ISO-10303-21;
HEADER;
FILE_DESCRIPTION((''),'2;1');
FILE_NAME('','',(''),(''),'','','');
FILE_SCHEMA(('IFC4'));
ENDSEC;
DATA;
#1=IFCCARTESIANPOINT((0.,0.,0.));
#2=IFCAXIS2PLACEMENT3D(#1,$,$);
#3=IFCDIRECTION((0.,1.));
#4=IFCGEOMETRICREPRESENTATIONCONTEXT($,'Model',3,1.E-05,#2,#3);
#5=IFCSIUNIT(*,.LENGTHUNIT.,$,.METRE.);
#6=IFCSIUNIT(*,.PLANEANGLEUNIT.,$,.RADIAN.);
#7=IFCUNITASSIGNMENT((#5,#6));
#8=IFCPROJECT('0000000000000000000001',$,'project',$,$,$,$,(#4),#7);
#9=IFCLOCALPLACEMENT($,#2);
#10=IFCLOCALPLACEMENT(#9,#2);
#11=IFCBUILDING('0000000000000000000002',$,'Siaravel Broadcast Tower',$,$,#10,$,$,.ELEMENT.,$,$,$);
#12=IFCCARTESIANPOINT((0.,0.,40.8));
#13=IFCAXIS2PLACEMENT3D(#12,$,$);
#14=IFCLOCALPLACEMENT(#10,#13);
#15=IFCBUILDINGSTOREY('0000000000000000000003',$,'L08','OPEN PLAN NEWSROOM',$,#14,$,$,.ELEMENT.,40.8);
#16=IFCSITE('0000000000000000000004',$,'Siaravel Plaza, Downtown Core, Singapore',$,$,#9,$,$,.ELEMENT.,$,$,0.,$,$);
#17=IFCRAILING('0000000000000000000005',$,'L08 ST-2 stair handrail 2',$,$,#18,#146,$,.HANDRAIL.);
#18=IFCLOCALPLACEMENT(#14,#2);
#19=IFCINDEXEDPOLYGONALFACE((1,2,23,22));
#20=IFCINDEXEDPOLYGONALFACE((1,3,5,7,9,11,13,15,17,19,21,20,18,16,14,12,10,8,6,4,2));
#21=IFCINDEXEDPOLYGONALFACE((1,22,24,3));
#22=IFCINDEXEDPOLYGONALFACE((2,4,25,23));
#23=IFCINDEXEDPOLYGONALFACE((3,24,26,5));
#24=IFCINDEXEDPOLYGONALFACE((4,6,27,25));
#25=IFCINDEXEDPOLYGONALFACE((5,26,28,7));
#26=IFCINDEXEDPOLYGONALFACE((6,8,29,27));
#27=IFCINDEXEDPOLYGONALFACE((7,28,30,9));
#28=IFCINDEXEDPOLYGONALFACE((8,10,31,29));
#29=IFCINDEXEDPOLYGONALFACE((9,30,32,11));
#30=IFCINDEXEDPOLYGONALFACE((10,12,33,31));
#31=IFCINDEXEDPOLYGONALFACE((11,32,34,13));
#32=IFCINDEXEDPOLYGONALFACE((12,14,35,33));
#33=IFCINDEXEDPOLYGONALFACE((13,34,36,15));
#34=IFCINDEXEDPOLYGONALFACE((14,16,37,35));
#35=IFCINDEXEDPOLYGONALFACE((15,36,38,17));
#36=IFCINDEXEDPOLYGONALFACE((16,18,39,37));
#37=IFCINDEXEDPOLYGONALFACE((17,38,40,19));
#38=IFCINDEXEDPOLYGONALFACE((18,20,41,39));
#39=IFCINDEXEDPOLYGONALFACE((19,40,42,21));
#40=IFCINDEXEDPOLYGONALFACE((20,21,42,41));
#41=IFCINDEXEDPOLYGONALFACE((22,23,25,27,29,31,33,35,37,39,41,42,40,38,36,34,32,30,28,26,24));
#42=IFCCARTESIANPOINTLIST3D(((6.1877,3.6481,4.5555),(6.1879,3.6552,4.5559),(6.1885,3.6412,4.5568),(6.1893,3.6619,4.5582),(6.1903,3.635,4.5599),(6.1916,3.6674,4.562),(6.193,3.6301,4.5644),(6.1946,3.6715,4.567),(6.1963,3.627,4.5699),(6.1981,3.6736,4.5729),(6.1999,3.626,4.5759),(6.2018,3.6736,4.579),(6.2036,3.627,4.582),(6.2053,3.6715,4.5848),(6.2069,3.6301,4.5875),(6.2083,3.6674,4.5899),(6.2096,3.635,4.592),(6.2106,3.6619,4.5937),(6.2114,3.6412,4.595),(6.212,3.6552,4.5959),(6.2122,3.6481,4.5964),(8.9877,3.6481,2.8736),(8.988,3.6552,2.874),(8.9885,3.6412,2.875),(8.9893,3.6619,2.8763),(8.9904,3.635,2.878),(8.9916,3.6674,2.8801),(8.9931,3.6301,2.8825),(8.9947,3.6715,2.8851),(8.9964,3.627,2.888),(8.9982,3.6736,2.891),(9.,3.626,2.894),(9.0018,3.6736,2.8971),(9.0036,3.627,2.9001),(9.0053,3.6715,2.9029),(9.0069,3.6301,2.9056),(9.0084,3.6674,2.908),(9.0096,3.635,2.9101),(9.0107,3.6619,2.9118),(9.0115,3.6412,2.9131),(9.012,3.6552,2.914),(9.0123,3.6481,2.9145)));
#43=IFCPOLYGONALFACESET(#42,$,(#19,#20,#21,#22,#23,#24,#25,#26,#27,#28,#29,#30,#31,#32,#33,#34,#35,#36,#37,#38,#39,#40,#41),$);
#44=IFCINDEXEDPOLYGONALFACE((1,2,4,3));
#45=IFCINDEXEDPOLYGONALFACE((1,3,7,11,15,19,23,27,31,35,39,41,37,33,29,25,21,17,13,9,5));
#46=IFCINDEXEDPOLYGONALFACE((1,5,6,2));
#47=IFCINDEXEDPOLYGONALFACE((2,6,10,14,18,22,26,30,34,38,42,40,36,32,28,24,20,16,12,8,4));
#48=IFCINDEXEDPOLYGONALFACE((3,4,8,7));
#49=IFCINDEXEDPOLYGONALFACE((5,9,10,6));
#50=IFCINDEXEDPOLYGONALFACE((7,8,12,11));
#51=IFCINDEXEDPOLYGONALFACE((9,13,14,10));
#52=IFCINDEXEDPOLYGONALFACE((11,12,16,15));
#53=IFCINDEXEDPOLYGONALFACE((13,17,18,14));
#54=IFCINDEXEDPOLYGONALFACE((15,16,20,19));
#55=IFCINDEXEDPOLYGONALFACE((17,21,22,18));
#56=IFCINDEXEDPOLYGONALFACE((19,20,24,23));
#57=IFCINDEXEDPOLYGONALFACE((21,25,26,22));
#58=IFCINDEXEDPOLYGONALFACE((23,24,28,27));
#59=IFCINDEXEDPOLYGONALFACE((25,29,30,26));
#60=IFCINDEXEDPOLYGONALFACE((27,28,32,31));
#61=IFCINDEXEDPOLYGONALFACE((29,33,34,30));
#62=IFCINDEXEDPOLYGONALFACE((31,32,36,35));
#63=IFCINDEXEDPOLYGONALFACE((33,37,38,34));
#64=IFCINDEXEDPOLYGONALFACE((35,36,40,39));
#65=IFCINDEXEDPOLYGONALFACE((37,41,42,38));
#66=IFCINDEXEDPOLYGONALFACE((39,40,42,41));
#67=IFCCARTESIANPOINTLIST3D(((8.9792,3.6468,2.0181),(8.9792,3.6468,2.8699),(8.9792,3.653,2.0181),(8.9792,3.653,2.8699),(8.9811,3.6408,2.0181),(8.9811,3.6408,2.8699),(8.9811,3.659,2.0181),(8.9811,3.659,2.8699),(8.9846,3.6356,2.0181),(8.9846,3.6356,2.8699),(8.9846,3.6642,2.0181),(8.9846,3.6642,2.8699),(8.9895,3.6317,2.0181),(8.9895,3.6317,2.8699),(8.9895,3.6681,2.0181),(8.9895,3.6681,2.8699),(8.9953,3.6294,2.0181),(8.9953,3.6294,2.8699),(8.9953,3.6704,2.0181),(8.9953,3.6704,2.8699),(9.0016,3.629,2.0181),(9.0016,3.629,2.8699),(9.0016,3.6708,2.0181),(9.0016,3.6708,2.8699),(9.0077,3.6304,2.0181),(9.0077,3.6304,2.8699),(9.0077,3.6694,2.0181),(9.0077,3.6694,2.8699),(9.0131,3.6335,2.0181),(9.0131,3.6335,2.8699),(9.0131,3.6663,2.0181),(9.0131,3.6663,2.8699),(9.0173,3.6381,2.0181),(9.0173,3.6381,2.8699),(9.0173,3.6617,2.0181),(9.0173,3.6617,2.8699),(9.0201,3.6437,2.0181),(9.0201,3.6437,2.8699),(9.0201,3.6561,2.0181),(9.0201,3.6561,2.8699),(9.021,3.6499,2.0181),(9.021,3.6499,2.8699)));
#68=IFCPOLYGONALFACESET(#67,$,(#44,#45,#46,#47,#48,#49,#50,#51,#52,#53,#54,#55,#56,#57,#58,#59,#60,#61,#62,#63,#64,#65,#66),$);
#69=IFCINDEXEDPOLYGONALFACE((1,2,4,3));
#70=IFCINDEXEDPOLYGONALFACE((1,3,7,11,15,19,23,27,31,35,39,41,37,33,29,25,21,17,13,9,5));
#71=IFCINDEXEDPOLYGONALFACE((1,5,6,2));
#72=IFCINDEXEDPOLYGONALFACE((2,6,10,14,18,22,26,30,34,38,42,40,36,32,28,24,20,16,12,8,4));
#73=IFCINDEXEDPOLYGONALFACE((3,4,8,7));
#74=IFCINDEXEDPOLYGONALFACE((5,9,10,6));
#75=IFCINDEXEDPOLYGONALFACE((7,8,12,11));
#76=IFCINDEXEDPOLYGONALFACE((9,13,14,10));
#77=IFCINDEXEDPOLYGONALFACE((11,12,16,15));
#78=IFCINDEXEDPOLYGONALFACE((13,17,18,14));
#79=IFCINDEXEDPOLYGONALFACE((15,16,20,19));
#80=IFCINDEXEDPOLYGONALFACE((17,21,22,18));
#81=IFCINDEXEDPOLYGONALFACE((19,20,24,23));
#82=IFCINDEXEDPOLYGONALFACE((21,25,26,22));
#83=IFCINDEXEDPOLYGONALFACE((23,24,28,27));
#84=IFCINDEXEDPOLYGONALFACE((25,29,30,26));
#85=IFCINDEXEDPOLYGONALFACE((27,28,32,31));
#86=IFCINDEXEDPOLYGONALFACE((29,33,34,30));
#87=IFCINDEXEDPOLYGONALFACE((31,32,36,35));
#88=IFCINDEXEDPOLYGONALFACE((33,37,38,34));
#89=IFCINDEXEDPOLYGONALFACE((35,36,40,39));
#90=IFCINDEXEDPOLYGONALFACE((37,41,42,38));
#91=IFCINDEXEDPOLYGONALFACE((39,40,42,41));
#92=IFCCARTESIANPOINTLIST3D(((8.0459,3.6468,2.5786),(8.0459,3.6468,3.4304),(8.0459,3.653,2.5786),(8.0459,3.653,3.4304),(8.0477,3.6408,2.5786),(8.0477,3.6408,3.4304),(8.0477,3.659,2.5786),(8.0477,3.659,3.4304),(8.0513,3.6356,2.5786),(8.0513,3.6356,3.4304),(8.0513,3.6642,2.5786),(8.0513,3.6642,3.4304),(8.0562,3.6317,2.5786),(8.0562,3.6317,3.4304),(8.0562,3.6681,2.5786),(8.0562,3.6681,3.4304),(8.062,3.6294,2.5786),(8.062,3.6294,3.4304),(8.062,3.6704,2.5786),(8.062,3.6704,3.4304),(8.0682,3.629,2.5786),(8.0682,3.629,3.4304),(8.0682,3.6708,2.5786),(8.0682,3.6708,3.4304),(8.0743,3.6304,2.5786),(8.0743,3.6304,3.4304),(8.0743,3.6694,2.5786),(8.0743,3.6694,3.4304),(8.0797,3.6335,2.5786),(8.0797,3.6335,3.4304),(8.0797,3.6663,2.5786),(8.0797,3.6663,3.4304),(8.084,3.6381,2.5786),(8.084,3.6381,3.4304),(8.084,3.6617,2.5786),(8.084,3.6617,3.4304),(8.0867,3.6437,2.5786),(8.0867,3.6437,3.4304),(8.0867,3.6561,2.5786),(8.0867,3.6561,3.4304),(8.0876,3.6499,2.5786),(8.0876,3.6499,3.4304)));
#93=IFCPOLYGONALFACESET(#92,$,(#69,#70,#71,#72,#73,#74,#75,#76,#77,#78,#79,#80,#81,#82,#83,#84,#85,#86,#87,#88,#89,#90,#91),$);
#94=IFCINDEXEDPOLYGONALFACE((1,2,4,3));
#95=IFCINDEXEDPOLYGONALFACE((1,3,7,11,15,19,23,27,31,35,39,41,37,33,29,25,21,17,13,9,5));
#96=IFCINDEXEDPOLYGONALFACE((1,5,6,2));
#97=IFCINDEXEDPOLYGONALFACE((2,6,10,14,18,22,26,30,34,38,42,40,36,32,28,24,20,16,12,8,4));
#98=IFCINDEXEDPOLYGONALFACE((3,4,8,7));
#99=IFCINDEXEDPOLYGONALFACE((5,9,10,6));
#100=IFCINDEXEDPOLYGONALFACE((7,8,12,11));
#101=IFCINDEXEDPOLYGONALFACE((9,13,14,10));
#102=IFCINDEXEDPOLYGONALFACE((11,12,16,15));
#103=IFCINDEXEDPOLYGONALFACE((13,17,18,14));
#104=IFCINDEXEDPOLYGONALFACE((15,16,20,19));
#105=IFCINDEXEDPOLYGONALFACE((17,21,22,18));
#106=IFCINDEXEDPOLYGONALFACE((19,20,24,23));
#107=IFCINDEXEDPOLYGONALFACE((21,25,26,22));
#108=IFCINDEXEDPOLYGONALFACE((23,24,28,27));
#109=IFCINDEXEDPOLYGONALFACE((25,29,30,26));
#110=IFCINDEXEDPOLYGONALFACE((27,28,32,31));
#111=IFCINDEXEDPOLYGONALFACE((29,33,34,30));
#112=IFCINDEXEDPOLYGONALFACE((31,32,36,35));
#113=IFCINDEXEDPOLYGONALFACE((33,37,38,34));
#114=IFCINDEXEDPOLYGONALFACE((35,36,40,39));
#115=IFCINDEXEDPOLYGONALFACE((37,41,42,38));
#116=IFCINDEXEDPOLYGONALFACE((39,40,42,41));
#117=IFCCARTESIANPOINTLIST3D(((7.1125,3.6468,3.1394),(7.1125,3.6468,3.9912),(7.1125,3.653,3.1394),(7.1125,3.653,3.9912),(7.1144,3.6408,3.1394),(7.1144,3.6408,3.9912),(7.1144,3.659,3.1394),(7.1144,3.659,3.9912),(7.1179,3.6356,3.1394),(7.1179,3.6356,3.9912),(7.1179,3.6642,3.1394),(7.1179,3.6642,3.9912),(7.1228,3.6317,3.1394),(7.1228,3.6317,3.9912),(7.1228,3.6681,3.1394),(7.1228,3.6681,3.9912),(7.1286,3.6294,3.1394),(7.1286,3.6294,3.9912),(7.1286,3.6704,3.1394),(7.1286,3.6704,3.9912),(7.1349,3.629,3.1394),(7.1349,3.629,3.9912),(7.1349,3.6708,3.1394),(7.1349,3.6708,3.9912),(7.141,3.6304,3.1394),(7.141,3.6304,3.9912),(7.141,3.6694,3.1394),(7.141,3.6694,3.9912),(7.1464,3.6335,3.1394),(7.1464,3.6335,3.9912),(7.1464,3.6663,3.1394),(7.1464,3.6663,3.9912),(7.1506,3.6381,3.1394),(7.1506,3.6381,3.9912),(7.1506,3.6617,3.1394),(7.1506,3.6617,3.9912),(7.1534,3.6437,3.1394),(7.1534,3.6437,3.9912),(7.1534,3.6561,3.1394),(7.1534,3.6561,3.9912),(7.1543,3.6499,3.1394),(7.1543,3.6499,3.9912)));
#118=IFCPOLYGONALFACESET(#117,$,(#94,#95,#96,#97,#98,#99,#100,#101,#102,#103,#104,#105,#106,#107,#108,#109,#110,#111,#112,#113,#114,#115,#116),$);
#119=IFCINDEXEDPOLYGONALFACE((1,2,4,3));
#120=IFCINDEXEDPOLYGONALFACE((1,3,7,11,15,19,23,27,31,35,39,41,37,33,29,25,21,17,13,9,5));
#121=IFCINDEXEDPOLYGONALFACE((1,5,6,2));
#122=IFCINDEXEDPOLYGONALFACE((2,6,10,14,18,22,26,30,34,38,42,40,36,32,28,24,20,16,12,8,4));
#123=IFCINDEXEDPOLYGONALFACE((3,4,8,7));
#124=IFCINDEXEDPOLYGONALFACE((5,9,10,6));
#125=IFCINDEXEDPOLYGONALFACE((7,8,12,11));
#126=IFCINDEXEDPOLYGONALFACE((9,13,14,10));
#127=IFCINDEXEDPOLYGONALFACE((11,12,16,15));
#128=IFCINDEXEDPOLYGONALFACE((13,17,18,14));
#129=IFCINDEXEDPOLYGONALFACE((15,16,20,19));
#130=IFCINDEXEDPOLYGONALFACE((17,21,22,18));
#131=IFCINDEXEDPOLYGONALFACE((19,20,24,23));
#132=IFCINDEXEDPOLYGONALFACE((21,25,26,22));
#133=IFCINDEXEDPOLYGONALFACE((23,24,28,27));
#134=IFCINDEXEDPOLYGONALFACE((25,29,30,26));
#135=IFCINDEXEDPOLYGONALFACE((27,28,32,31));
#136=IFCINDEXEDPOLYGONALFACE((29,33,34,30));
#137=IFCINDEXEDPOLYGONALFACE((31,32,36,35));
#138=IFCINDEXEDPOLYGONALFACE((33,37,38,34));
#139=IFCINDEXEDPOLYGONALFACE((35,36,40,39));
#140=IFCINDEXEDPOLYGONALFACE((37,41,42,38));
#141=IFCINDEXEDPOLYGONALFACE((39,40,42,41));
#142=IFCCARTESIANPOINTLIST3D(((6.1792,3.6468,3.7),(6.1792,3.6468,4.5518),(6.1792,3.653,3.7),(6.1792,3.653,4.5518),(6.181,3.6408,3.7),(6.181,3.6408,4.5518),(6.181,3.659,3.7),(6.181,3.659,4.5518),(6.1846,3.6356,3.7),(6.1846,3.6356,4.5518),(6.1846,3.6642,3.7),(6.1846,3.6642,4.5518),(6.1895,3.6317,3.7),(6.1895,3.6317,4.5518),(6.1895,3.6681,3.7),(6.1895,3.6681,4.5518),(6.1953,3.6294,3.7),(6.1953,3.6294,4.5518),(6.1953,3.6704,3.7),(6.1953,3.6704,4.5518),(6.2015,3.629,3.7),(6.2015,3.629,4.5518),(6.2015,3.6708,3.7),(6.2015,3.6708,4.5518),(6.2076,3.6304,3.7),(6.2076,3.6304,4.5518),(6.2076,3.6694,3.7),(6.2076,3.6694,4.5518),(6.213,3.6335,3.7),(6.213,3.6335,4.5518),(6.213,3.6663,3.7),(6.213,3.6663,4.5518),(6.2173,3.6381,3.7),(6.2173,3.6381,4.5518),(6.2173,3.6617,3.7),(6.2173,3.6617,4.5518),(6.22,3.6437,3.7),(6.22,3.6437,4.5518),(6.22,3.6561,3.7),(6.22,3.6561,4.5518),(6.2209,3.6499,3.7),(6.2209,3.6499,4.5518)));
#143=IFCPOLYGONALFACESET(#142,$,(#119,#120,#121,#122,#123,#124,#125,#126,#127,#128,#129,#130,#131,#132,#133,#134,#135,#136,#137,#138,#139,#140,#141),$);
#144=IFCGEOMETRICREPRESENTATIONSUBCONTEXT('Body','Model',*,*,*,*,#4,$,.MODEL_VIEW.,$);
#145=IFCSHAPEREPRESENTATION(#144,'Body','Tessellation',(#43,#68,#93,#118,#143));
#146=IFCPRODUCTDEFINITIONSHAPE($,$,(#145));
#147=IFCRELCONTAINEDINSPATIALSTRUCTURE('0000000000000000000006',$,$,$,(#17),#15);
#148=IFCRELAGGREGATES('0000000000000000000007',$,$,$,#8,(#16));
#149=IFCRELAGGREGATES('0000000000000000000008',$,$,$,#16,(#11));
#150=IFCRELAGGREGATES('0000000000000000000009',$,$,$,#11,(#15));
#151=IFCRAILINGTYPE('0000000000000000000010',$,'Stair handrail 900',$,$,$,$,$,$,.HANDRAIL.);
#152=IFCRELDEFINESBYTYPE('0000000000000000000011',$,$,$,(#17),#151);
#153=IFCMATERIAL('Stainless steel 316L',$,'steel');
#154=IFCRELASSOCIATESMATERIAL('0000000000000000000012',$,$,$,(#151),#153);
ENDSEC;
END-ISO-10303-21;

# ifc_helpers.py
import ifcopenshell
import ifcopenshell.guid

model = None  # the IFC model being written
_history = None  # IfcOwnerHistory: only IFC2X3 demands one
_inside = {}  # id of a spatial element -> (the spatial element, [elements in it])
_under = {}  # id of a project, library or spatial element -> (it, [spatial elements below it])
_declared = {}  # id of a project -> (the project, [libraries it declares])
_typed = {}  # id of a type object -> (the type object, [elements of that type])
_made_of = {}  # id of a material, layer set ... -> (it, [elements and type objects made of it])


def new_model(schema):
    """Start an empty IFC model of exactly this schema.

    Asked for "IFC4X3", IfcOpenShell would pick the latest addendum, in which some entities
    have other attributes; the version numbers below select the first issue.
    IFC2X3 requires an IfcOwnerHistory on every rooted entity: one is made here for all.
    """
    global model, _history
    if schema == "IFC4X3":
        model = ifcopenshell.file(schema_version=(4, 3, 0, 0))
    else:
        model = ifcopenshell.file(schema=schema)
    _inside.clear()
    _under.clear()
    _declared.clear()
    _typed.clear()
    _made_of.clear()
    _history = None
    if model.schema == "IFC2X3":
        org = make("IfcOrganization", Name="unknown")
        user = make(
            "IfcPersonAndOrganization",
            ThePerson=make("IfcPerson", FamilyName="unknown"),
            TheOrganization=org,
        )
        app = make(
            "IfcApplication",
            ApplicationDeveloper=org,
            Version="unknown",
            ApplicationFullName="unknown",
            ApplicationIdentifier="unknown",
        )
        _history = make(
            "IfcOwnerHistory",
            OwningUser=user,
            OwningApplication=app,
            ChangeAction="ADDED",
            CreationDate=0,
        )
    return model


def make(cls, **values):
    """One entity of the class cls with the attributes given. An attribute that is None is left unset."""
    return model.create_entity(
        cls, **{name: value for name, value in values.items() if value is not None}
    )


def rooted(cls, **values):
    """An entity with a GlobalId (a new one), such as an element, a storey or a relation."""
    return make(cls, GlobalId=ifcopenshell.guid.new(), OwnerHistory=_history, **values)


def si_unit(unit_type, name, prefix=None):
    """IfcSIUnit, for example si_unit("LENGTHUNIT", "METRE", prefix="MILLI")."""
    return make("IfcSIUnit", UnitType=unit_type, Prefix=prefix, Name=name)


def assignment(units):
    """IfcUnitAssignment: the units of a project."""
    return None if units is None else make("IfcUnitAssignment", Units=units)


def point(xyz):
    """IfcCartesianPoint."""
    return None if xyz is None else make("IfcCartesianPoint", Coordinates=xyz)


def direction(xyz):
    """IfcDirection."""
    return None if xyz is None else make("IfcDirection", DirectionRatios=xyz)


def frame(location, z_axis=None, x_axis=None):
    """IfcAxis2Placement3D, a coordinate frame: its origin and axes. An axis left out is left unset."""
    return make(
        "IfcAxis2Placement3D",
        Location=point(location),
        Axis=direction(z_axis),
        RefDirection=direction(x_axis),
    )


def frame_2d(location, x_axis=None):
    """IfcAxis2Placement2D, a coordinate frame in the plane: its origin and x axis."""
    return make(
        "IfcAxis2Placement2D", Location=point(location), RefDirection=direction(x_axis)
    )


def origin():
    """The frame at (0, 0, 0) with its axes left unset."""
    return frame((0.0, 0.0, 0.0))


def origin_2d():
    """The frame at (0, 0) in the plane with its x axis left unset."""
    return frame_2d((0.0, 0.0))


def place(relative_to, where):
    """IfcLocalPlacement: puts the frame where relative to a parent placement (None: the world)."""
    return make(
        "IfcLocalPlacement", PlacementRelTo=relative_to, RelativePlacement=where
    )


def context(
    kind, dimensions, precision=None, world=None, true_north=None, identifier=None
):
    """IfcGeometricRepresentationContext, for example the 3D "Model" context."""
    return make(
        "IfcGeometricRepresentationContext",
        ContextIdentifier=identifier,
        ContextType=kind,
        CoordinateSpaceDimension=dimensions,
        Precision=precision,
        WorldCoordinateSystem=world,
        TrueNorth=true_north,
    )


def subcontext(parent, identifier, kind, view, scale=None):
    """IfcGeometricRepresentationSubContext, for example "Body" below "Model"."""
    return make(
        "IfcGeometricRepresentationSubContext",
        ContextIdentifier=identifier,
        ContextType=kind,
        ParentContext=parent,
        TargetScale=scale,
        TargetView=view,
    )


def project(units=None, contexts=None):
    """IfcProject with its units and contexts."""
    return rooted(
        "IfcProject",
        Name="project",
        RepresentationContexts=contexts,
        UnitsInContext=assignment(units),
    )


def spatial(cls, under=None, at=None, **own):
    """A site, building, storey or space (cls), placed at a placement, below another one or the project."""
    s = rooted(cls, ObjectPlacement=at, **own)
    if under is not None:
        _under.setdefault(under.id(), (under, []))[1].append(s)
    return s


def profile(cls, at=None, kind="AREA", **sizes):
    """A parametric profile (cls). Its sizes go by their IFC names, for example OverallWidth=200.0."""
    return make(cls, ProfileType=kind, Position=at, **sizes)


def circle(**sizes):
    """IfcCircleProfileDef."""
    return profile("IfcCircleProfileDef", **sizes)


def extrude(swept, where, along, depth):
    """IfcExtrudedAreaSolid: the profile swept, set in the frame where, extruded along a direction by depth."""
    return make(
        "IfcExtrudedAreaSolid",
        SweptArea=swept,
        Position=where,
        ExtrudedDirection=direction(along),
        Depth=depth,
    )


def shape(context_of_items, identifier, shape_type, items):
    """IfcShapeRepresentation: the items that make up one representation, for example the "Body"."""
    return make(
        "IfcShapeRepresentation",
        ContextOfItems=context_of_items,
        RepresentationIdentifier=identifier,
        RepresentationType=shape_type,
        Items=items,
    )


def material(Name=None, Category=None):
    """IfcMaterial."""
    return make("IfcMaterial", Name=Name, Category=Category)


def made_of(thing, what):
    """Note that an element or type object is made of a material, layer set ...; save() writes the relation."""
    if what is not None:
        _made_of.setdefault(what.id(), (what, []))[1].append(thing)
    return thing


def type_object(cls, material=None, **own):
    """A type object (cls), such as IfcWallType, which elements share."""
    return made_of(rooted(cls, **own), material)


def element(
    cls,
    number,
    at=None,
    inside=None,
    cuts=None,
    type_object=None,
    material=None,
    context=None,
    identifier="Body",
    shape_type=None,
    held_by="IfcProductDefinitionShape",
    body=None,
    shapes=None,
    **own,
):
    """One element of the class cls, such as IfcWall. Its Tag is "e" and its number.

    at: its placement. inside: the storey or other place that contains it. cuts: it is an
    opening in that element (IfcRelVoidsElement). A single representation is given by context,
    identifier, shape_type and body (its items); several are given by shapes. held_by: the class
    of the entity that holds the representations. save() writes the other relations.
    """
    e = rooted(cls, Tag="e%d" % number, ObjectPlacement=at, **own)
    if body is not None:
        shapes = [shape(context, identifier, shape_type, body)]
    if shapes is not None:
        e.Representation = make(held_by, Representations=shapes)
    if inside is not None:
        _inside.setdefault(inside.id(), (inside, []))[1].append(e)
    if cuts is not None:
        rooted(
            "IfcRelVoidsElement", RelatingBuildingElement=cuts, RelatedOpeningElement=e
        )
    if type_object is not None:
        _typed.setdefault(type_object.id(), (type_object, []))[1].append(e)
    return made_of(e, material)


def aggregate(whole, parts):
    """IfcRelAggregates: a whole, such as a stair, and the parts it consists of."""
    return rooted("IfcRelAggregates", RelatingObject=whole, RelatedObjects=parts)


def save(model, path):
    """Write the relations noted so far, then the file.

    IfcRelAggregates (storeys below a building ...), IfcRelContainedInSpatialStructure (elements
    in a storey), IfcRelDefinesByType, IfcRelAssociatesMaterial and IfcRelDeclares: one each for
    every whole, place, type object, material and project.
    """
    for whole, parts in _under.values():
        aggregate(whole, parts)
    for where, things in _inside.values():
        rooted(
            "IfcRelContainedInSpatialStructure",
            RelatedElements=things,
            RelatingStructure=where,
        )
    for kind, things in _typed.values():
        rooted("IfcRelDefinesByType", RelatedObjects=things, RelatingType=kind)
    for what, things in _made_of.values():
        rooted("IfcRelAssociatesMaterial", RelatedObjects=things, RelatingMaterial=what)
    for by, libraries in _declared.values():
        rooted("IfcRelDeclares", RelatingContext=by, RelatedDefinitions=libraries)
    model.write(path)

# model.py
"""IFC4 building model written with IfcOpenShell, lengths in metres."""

from ifc_helpers import new_model, si_unit, direction, frame, origin, origin_2d, place, context, subcontext, project, spatial, circle, extrude, material, type_object, element, save


model = new_model("IFC4")

# Units and contexts
model_context = context("Model", 3, precision=1e-05, world=origin(), true_north=direction((0.0, 1.0)))
body_context = subcontext(model_context, "Body", "Model", "MODEL_VIEW")
ifc_project = project(units=[si_unit("LENGTHUNIT", "METRE"), si_unit("PLANEANGLEUNIT", "RADIAN")], contexts=[model_context])

# Site, building, storey
site_placement = place(None, origin())
site = spatial("IfcSite", under=ifc_project, at=site_placement, Name="Siaravel Plaza, Downtown Core, Singapore", CompositionType="ELEMENT", RefElevation=0.0)
building_placement = place(site_placement, origin())
building = spatial("IfcBuilding", under=site, at=building_placement, Name="Siaravel Broadcast Tower", CompositionType="ELEMENT")
storey_placement = place(building_placement, frame((0.0, 0.0, 40.8)))
storey = spatial("IfcBuildingStorey", under=building, at=storey_placement, Name="L08", Description="OPEN PLAN NEWSROOM", CompositionType="ELEMENT", Elevation=40.8)

# Railing
ifc_material_1 = material(Name="Stainless steel 316L", Category="steel")
railing_type_1 = type_object("IfcRailingType", Name="Stair handrail 900", PredefinedType="HANDRAIL", material=ifc_material_1)
railing_1_placement = place(storey_placement, frame((9.0, 3.6499, 2.0181)))
element("IfcRailing", 1, at=railing_1_placement, inside=storey, type_object=railing_type_1, Name="L08 ST-2 stair handrail 2", PredefinedType="HANDRAIL", context=body_context, shape_type="SweptSolid", body=[
    extrude(circle(Radius=0.0239, at=origin_2d()), frame((0.0, 0.0, 0.876), z_axis=(-0.857242, 0.0, 0.514913), x_axis=(0.0, -1.0, 0.0)), (0.0, 0.0, 1.0), 3.2664),
    extrude(circle(Radius=0.021, at=origin_2d()), origin(), (0.0, 0.0, 1.0), 0.8518),
    extrude(circle(Radius=0.021, at=origin_2d()), frame((-0.9333, 0.0, 0.5605)), (0.0, 0.0, 1.0), 0.8518),
    extrude(circle(Radius=0.021, at=origin_2d()), frame((-1.8667, 0.0, 1.1213)), (0.0, 0.0, 1.0), 0.8518),
    extrude(circle(Radius=0.021, at=origin_2d()), frame((-2.8, 0.0, 1.6819)), (0.0, 0.0, 1.0), 0.8518),
])

save(model, "model.ifc")
